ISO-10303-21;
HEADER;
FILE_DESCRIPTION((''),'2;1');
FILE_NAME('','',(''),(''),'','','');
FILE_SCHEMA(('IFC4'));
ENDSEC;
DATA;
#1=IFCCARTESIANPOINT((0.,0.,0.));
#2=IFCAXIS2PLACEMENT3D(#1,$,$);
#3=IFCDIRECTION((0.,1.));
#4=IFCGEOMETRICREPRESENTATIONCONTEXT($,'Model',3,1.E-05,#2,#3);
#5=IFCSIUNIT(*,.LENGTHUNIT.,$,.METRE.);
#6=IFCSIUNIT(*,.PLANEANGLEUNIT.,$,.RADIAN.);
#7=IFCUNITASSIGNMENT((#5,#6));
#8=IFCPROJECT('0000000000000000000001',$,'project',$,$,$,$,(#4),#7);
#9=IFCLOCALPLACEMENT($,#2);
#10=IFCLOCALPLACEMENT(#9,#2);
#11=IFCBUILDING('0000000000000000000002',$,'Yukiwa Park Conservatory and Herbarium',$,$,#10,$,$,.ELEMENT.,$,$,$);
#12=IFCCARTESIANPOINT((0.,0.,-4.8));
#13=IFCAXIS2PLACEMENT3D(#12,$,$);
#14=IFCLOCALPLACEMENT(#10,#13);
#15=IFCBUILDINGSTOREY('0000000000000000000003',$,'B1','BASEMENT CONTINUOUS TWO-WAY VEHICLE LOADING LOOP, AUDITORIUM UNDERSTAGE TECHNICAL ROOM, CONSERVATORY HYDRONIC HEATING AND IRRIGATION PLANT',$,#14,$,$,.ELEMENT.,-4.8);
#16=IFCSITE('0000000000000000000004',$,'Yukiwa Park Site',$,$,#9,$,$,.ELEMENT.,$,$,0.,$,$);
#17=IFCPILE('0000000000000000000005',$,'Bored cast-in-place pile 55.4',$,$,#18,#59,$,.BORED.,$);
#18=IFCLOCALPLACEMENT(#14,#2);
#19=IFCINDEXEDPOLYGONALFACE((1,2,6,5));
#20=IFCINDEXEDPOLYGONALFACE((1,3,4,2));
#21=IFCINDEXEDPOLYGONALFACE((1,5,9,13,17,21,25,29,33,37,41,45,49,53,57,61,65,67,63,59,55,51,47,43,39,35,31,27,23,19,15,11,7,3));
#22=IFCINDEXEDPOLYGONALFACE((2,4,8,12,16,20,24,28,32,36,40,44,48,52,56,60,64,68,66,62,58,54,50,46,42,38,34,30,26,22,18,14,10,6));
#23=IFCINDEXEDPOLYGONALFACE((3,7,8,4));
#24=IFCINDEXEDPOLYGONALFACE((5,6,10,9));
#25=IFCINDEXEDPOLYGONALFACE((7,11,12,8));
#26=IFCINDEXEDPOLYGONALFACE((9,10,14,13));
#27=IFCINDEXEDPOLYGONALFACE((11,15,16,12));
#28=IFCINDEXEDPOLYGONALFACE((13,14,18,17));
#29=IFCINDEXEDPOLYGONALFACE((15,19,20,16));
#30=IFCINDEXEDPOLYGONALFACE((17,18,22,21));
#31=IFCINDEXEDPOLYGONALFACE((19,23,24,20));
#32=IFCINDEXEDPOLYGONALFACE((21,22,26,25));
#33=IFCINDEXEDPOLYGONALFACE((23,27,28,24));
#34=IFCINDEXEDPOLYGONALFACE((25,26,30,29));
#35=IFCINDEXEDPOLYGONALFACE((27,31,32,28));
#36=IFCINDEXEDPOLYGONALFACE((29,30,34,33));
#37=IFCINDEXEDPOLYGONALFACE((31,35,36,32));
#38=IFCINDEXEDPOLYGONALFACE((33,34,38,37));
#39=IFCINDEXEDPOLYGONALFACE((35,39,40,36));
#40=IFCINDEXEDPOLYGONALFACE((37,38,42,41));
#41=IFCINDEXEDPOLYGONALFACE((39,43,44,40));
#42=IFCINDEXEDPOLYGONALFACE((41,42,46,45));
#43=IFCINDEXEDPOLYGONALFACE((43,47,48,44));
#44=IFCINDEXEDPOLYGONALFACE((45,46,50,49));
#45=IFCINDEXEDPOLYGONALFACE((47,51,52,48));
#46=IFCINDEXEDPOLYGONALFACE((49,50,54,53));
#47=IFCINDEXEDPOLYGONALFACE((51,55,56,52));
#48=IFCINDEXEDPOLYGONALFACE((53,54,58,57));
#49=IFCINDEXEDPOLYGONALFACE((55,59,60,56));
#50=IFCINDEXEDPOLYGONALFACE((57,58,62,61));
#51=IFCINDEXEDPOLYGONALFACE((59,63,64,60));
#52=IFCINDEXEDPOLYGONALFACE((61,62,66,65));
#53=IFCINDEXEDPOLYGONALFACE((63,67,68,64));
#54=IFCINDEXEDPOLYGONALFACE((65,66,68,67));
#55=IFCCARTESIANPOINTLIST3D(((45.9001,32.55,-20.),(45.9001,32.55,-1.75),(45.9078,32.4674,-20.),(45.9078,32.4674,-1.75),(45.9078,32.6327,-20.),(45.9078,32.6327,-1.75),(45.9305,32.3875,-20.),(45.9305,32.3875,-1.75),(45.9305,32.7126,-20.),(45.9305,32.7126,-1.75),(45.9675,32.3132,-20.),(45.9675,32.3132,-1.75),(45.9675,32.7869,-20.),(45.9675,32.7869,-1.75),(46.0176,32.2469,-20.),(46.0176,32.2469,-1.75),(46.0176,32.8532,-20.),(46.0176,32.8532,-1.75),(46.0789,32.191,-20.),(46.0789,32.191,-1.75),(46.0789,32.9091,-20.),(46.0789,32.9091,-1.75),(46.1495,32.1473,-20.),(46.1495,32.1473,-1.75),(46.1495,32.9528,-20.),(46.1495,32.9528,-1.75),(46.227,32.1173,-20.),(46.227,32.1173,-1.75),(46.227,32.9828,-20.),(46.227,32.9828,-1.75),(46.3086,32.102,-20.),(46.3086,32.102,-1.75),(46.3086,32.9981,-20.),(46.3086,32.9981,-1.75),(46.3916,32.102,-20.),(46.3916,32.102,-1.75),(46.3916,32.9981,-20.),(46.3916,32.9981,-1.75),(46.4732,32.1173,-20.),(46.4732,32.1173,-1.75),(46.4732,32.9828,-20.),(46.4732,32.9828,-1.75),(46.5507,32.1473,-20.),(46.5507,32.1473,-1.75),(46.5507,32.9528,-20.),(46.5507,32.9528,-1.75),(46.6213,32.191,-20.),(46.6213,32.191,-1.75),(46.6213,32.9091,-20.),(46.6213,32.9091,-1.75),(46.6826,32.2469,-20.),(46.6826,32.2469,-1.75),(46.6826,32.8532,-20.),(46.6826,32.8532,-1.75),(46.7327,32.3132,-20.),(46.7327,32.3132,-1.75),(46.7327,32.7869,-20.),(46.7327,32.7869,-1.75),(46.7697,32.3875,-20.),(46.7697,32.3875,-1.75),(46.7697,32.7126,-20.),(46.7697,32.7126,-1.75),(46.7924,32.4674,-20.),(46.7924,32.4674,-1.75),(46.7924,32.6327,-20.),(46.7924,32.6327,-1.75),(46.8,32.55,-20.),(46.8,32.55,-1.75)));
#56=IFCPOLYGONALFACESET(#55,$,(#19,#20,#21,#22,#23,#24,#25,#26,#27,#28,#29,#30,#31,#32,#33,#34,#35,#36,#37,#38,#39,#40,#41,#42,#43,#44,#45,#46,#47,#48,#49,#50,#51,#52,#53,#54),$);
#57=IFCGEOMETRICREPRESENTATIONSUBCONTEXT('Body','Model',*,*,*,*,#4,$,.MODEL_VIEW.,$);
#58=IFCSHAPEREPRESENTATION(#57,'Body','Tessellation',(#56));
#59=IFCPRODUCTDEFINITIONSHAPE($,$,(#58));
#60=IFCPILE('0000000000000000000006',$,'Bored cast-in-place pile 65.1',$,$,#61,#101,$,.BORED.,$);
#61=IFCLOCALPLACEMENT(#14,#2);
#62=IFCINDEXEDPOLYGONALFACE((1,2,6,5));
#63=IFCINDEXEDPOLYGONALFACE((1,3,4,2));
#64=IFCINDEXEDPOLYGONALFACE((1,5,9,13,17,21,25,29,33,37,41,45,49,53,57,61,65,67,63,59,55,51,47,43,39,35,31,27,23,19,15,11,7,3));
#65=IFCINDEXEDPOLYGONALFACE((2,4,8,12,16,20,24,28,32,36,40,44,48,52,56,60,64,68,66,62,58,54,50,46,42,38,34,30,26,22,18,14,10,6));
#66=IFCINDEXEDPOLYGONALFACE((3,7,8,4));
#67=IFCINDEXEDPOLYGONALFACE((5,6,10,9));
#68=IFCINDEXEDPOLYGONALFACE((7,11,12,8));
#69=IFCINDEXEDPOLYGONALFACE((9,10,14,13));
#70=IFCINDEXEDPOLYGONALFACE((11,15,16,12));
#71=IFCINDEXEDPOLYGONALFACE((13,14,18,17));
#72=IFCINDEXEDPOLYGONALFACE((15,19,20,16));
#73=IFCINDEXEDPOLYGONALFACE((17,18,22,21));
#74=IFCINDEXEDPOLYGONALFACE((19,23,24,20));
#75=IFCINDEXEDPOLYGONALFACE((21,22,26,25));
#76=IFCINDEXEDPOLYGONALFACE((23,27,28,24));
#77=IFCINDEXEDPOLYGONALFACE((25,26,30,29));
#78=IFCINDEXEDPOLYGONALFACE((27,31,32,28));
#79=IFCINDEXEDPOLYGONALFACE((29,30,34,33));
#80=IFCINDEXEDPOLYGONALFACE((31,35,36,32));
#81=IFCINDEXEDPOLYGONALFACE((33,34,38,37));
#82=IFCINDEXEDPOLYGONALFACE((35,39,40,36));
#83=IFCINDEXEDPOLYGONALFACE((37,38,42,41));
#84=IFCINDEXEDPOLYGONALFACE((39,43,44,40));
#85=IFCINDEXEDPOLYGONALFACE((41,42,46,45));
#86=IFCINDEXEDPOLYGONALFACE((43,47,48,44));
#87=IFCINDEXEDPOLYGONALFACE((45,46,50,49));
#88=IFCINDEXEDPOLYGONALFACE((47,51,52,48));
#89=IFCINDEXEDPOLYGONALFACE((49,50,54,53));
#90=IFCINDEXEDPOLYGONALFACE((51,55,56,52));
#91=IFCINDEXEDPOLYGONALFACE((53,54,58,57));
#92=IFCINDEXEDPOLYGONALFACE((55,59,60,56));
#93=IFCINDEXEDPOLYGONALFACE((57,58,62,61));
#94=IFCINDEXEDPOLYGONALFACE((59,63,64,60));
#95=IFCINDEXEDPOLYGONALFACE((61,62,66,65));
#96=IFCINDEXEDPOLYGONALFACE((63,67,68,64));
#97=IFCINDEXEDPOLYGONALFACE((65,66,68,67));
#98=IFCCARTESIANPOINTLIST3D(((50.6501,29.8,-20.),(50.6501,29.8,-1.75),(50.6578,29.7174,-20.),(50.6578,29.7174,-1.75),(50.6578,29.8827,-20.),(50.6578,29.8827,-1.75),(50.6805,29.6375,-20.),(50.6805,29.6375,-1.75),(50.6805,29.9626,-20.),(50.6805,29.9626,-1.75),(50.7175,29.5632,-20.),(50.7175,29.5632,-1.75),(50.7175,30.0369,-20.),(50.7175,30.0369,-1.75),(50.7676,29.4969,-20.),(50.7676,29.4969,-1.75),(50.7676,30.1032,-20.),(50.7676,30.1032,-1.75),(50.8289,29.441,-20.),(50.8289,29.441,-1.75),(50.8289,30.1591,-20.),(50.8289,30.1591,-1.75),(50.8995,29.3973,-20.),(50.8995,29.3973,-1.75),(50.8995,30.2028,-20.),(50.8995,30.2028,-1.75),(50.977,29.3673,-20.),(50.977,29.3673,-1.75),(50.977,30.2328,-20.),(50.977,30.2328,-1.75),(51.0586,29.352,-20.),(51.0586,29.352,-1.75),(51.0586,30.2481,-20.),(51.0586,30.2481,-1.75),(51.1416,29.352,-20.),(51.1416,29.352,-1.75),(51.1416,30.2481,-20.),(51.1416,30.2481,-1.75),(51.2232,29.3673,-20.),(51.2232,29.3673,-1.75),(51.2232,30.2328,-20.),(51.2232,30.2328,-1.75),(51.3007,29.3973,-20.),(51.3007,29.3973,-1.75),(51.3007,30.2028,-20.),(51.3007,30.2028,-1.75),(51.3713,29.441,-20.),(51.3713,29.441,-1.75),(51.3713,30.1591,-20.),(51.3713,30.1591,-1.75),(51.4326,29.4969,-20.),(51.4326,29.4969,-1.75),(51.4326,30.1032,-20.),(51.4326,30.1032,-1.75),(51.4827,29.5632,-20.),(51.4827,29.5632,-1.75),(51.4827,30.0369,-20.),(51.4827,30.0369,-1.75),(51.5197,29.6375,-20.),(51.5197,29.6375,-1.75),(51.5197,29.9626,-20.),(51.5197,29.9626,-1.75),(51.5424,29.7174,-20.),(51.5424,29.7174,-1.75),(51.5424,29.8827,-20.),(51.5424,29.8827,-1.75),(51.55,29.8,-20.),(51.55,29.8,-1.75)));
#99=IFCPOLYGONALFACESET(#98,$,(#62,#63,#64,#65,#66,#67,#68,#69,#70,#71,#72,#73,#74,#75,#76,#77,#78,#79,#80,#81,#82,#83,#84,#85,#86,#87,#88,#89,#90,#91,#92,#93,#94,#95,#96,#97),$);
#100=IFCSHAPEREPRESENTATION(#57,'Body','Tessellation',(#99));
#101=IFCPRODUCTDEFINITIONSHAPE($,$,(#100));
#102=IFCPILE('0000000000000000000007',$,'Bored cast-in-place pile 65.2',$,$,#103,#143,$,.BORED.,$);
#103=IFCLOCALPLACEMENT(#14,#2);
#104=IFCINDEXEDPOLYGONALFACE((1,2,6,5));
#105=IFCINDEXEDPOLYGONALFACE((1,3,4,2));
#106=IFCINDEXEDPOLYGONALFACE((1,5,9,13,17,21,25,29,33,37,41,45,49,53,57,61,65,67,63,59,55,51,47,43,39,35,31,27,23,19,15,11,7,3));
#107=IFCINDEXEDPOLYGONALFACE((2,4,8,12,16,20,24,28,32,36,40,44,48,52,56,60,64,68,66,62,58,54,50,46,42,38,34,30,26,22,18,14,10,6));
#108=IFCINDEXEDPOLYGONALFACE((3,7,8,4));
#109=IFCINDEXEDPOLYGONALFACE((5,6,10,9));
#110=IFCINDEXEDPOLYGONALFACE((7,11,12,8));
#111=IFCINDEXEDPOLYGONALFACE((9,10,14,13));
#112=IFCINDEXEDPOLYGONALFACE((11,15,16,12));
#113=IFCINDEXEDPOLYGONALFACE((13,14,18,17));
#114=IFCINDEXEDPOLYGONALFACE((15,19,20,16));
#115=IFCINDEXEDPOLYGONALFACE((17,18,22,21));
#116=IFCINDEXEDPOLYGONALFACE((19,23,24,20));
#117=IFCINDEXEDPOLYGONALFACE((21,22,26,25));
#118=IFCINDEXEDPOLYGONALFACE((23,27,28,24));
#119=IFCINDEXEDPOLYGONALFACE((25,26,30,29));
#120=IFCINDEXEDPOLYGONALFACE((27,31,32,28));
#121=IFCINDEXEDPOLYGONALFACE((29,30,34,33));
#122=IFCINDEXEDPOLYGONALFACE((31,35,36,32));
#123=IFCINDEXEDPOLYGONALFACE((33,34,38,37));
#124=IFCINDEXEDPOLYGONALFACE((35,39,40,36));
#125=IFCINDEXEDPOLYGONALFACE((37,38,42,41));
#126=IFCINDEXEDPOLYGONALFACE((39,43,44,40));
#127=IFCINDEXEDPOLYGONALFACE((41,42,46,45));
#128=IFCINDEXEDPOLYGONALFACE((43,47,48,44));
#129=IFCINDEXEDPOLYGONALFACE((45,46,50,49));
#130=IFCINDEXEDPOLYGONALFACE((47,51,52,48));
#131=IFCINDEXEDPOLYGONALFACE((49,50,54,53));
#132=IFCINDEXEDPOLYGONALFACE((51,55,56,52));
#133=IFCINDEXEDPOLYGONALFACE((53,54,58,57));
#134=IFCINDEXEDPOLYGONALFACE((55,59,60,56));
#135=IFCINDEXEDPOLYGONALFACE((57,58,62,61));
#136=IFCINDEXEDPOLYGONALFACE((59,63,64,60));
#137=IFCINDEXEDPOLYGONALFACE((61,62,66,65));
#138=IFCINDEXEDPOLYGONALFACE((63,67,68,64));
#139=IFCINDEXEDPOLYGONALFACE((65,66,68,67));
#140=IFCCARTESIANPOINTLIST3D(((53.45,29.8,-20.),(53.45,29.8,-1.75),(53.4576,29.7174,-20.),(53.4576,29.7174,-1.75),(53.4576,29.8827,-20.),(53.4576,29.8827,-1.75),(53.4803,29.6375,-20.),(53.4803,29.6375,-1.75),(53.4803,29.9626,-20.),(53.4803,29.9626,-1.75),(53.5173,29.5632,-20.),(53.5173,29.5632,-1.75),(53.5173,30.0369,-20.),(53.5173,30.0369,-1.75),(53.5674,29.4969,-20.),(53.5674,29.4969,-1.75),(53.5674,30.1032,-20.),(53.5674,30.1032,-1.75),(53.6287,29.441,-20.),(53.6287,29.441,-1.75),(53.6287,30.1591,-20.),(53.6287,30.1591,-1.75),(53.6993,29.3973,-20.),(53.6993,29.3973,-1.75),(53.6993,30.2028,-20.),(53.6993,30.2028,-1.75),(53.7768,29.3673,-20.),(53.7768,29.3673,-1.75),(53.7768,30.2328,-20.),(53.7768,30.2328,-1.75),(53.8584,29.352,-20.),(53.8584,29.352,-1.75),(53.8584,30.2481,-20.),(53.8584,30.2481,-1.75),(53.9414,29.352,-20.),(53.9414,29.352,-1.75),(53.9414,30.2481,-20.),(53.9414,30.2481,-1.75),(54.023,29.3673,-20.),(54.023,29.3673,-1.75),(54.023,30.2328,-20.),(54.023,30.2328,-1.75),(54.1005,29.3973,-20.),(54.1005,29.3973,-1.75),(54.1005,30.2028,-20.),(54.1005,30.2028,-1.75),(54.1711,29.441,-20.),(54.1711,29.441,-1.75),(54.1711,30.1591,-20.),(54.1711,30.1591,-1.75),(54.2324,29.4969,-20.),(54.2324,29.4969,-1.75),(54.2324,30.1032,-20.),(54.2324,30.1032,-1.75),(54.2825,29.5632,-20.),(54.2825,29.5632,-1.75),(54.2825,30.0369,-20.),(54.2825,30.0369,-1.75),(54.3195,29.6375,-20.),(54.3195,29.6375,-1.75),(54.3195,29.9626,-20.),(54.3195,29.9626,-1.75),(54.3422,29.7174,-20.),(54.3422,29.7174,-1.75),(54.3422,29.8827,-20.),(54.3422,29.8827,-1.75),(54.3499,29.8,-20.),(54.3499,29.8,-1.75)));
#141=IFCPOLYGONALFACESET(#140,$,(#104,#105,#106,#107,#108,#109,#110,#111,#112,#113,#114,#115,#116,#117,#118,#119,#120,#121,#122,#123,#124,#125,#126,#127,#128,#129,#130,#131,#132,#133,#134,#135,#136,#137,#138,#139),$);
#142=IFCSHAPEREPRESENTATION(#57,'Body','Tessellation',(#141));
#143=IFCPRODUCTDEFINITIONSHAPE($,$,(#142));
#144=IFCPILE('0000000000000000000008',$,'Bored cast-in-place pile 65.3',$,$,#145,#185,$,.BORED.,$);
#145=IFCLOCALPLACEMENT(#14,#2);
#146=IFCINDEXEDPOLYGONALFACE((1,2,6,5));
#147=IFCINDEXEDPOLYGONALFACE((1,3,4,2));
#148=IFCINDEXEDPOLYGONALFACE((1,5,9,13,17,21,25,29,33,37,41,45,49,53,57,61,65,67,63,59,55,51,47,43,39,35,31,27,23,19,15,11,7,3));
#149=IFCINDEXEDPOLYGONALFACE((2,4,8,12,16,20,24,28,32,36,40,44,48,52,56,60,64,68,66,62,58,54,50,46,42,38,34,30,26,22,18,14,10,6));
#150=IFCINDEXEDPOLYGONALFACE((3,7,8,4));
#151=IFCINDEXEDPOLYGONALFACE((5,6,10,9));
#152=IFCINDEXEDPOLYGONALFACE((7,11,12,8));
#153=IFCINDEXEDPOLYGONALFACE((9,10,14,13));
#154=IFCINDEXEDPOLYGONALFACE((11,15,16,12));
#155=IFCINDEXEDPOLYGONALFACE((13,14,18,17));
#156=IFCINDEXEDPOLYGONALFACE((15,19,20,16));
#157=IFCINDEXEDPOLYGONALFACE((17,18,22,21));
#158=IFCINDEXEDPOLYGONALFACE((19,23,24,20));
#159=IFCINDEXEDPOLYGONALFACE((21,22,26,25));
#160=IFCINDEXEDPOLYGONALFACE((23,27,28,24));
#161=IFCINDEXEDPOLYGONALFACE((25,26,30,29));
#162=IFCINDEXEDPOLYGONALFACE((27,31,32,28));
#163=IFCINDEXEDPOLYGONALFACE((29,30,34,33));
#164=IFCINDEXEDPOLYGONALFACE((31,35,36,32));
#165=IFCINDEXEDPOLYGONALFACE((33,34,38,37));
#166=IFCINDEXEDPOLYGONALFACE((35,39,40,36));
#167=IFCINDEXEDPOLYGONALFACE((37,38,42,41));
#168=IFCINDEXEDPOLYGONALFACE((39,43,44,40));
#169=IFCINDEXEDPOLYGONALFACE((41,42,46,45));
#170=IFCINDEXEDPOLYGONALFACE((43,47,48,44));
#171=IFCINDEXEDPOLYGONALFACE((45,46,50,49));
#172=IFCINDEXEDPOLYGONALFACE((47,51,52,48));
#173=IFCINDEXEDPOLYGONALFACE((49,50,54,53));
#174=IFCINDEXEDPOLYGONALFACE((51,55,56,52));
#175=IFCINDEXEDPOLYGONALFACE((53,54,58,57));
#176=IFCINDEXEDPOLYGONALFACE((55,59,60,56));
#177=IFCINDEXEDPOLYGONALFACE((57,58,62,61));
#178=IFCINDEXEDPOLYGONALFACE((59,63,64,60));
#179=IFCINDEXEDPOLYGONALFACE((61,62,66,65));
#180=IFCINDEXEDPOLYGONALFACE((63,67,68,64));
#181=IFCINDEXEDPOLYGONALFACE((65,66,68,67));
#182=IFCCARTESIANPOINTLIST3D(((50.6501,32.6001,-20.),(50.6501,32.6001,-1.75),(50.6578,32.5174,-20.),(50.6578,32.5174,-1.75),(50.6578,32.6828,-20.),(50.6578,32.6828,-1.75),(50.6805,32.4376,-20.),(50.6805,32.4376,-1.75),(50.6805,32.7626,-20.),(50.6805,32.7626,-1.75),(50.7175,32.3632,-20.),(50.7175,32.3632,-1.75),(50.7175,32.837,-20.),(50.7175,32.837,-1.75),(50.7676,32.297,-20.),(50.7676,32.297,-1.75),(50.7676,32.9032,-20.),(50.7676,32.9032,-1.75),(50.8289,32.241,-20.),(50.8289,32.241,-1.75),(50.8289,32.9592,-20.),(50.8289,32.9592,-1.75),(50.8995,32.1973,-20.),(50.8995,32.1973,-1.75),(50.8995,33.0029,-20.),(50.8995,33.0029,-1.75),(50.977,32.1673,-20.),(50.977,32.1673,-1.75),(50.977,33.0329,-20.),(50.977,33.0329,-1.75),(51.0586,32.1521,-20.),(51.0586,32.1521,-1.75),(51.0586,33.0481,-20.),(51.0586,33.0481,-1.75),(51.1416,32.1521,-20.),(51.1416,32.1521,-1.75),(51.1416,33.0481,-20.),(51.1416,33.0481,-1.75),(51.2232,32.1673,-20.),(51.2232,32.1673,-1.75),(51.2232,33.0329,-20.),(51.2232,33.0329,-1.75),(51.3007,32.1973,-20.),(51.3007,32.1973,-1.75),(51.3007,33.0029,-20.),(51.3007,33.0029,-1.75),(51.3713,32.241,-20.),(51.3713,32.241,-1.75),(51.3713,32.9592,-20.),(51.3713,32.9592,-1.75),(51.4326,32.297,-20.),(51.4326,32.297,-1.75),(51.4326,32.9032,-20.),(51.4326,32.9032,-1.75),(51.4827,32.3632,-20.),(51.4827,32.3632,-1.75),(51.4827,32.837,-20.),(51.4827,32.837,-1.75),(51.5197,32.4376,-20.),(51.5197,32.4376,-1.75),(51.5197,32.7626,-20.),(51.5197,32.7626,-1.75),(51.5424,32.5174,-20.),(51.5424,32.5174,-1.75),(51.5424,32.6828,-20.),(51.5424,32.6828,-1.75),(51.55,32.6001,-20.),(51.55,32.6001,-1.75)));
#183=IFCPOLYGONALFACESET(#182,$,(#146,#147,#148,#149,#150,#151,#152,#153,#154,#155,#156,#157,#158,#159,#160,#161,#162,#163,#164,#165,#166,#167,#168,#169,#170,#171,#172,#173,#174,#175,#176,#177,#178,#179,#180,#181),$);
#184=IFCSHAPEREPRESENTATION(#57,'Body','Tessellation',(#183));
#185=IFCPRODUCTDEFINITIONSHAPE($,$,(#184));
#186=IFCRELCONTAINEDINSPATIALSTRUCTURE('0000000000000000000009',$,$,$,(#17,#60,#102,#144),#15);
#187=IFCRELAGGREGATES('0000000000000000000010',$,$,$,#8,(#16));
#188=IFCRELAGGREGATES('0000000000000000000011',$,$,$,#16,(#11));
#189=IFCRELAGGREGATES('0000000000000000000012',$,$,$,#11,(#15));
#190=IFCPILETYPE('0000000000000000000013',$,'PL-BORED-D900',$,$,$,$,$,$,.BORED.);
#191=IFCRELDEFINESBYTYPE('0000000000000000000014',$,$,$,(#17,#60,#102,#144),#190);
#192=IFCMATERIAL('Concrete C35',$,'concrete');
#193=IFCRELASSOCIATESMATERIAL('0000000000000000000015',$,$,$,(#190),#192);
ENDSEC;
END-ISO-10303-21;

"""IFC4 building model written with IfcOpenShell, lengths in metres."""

from ifc_helpers import new_model, si_unit, direction, frame, origin, origin_2d, place, context, subcontext, project, spatial, circle, extrude, material, material_profile, profile_set, type_object, element, save


model = new_model("IFC4")

# Units and contexts
model_context = context("Model", 3, precision=1e-05, world=origin(), true_north=direction((0.0, 1.0)))
body_context = subcontext(model_context, "Body", "Model", "MODEL_VIEW")
ifc_project = project(units=[si_unit("LENGTHUNIT", "METRE"), si_unit("PLANEANGLEUNIT", "RADIAN")], contexts=[model_context])

# Site, building, storey
site_placement = place(None, origin())
site = spatial("IfcSite", under=ifc_project, at=site_placement, Name="Yukiwa Park Site", CompositionType="ELEMENT", RefElevation=0.0)
building_placement = place(site_placement, origin())
building = spatial("IfcBuilding", under=site, at=building_placement, Name="Yukiwa Park Conservatory and Herbarium", CompositionType="ELEMENT")
storey_placement = place(building_placement, frame((0.0, 0.0, -4.8)))
storey = spatial("IfcBuildingStorey", under=building, at=storey_placement, Name="B1", Description="BASEMENT CONTINUOUS TWO-WAY VEHICLE LOADING LOOP, AUDITORIUM UNDERSTAGE TECHNICAL ROOM, CONSERVATORY HYDRONIC HEATING AND IRRIGATION PLANT", CompositionType="ELEMENT", Elevation=-4.8)

# Piles
ifc_material_1 = material(Name="Concrete C35", Category="concrete")
ifc_material_profile_1 = material_profile(ifc_material_1, circle(Radius=0.45, at=origin_2d()), Name="PILE D900")
ifc_profile_set_1 = profile_set([ifc_material_profile_1], Name="Concrete C35")
pile_type_1 = type_object("IfcPileType", Name="PL-BORED-D900", PredefinedType="BORED", material=ifc_profile_set_1)
for number, where, z_axis, x_axis, name in (
    (1, (46.3501, 32.55, -1.75), (0.0, 0.0, -1.0), (1.0, 0.0, 0.0), "Bored cast-in-place pile 55.4"),
    (2, (51.1001, 29.8, -1.75), (0.0, 0.0, -1.0), (1.0, 0.0, 0.0), "Bored cast-in-place pile 65.1"),
    (3, (53.8999, 29.8, -1.75), (0.0, 0.0, -1.0), (1.0, 0.0, 0.0), "Bored cast-in-place pile 65.2"),
    (4, (51.1001, 32.6001, -1.75), (0.0, 0.0, -1.0), (1.0, 0.0, 0.0), "Bored cast-in-place pile 65.3"),
):
    element("IfcPile", number, at=place(storey_placement, frame(where, z_axis=z_axis, x_axis=x_axis)), inside=storey, type_object=pile_type_1, Name=name, PredefinedType="BORED", context=body_context, shape_type="SweptSolid", body=[
        extrude(circle(Radius=0.45, at=origin_2d()), origin(), (0.0, 0.0, 1.0), 18.25),
    ])

save(model, "model.ifc")
